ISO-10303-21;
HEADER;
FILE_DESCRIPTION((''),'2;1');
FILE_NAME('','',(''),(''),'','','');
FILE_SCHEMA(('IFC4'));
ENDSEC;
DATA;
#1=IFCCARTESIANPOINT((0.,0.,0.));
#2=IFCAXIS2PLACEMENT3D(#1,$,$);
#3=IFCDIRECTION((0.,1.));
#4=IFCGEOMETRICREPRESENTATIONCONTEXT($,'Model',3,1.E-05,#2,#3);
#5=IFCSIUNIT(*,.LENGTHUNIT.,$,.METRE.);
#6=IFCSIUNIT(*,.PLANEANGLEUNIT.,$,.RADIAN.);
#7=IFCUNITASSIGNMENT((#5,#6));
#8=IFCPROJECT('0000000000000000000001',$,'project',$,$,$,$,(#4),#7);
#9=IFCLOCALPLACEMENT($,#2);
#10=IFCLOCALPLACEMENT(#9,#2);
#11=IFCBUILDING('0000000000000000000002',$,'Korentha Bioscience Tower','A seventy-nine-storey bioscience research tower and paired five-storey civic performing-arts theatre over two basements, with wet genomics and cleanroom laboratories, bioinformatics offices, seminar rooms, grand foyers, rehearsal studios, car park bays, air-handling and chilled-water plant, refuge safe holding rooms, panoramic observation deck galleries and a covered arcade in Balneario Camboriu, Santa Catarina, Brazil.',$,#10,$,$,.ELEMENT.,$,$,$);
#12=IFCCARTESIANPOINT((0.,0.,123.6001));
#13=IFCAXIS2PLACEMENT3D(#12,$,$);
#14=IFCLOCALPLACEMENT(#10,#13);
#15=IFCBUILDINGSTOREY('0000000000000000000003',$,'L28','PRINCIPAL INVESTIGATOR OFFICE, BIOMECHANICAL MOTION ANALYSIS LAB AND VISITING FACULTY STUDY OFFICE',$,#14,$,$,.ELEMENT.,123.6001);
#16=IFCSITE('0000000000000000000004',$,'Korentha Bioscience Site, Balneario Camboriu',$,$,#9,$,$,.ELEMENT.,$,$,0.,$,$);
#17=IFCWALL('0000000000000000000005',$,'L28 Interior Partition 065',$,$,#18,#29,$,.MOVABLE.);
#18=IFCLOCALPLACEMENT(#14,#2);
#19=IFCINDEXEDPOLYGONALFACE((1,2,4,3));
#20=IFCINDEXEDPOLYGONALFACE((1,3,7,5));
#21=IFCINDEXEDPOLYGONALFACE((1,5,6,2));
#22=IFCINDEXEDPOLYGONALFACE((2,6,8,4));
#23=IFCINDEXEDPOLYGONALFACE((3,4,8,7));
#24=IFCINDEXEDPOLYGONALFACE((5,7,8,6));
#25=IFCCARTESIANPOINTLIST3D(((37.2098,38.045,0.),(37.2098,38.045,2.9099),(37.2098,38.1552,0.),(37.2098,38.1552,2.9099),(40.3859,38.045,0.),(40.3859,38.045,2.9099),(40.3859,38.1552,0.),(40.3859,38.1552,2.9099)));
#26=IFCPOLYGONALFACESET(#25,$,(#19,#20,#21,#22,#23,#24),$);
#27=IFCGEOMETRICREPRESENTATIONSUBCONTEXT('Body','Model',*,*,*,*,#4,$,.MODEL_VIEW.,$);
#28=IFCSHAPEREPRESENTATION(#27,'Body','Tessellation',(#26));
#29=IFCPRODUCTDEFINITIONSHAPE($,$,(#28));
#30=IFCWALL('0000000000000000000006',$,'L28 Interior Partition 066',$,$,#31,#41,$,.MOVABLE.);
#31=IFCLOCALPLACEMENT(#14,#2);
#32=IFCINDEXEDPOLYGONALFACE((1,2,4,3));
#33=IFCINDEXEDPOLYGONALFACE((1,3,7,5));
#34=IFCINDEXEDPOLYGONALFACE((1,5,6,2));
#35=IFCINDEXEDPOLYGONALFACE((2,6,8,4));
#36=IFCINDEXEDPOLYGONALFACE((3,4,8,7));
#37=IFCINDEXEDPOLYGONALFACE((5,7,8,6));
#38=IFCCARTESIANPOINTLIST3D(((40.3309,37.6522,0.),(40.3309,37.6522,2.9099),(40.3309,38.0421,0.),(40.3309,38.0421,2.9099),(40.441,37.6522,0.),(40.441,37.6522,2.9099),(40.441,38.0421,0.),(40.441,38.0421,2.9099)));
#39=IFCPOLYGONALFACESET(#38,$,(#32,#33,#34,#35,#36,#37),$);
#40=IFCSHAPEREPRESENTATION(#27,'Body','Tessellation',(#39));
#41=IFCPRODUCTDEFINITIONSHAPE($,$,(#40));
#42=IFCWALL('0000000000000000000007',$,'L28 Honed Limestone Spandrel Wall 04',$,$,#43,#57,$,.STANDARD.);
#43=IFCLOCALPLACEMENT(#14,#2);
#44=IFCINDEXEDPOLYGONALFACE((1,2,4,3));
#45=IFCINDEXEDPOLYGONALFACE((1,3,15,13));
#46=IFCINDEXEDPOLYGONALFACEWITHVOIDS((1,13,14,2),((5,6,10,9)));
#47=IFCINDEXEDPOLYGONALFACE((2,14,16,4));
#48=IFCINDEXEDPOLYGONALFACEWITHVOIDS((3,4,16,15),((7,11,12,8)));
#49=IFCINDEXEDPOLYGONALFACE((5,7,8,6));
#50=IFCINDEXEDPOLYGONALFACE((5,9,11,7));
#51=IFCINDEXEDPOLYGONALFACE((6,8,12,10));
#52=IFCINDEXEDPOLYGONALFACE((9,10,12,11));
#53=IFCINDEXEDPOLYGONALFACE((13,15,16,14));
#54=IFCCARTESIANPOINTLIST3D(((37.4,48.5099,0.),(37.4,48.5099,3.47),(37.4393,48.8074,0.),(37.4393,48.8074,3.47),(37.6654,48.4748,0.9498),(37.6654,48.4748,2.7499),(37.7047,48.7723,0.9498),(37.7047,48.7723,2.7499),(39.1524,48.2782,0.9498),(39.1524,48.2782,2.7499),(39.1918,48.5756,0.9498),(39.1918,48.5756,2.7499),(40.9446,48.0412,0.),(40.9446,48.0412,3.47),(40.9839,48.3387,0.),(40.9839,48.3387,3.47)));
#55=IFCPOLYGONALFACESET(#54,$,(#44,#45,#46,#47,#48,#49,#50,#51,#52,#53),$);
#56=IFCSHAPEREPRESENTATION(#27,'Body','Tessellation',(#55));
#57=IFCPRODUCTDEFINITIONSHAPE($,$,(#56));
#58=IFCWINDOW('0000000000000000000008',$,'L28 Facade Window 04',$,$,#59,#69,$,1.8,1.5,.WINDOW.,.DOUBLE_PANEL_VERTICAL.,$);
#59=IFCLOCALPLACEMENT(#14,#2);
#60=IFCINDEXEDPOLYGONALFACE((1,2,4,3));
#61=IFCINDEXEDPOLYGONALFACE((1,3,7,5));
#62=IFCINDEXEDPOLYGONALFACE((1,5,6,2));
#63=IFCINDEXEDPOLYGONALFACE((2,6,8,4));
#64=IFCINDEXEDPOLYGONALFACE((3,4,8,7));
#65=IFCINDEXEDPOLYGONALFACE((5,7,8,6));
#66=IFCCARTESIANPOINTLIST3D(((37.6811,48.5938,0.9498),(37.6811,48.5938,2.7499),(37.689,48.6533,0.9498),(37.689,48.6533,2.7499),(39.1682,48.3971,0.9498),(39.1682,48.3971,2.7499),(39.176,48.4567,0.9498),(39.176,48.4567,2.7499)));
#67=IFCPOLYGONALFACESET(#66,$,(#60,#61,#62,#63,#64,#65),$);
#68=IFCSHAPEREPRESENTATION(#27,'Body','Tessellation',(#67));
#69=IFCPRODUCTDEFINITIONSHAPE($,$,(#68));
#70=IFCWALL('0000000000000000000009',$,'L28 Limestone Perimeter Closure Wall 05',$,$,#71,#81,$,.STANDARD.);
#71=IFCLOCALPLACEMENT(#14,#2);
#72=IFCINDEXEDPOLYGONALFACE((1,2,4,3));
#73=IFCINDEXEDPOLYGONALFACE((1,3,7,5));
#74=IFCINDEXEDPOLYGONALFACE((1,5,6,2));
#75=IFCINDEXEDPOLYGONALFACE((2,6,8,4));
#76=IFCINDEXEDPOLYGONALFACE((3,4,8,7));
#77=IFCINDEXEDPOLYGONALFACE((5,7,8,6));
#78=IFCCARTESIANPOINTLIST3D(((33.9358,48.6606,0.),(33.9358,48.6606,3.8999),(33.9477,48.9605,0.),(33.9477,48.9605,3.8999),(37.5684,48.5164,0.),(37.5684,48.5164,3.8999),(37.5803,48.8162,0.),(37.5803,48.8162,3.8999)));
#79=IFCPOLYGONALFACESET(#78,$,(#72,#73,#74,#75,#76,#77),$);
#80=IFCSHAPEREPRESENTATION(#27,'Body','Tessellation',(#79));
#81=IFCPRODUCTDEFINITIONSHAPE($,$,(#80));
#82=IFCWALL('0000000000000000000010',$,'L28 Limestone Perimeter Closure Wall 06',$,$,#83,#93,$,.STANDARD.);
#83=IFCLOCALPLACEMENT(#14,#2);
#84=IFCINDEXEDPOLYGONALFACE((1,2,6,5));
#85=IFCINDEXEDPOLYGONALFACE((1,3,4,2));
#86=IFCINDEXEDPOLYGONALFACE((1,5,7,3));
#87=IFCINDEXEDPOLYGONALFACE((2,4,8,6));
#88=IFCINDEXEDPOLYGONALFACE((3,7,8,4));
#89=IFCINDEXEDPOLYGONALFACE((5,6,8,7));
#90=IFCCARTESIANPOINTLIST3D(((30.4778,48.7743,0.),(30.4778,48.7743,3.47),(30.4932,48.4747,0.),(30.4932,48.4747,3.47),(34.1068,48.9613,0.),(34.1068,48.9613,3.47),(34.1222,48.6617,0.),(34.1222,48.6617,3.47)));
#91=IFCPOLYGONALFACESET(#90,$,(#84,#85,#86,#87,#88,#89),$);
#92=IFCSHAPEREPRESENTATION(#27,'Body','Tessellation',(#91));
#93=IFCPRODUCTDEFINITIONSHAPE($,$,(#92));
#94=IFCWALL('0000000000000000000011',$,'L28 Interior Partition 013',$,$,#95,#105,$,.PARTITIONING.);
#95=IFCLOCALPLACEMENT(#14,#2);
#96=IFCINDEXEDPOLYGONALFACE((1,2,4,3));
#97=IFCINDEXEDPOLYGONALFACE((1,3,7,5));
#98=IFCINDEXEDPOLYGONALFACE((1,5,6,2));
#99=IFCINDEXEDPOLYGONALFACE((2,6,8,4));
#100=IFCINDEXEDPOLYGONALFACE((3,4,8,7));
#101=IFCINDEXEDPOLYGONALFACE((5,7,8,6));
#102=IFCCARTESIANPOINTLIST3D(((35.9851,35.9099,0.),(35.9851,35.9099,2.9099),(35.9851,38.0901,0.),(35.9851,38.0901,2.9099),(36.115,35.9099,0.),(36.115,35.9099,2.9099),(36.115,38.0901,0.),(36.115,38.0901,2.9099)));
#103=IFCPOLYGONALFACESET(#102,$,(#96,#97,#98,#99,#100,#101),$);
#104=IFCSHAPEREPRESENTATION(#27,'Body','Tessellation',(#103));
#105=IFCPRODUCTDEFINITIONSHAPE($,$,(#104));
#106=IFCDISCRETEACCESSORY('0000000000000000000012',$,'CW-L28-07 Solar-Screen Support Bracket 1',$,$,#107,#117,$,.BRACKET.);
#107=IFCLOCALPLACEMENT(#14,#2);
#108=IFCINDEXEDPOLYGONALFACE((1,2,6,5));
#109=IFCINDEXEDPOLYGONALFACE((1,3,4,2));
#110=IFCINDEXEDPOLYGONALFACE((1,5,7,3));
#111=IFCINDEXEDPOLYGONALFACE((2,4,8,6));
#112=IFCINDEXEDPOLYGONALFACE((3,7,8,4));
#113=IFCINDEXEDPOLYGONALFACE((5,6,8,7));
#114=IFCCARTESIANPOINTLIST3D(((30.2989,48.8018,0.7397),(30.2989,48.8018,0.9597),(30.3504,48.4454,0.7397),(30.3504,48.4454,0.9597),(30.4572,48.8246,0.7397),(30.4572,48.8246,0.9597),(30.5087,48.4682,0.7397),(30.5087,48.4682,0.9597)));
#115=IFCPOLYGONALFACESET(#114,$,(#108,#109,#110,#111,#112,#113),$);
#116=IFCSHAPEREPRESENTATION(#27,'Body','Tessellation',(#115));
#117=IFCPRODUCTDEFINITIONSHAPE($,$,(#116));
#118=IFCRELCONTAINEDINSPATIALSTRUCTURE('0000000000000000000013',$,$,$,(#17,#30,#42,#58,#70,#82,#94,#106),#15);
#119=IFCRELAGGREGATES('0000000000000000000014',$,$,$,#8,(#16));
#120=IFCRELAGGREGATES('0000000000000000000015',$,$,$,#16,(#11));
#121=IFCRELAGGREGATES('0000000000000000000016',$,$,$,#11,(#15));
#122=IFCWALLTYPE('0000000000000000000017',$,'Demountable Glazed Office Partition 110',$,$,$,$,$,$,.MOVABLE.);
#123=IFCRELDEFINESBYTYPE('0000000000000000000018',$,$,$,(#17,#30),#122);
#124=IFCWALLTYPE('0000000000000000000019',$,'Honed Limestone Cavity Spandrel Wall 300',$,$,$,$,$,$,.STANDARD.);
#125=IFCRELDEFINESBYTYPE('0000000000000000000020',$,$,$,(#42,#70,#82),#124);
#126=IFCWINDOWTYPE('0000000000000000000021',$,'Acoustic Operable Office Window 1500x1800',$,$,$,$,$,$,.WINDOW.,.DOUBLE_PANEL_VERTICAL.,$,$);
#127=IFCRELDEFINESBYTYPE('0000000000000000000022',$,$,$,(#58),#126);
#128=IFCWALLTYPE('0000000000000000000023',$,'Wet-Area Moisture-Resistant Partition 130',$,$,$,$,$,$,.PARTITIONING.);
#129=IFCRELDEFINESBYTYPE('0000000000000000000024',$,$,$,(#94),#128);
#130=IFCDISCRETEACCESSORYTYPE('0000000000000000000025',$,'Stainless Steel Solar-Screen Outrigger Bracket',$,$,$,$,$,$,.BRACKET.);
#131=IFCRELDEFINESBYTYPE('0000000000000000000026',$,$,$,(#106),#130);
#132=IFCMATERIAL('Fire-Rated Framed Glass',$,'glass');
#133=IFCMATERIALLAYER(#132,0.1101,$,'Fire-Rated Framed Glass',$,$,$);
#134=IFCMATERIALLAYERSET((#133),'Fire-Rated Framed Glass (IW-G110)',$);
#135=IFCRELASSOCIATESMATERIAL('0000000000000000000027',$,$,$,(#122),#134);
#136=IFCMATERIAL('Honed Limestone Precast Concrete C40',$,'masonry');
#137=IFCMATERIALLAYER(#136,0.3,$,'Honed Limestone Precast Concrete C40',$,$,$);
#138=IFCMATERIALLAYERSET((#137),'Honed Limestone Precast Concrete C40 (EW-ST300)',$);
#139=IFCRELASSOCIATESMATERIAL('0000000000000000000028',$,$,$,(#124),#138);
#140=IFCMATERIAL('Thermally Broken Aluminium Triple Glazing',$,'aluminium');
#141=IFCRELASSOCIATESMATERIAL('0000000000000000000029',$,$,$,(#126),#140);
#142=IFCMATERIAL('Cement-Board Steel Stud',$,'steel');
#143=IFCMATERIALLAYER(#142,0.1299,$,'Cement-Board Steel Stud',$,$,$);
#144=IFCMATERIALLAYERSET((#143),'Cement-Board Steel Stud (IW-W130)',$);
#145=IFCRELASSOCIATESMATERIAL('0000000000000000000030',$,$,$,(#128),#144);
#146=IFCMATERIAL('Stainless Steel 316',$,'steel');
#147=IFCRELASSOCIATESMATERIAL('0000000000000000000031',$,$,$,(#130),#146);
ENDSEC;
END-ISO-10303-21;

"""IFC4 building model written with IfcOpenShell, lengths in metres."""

from ifc_helpers import new_model, si_unit, direction, frame, frame_2d, origin, origin_2d, place, context, subcontext, project, spatial, rectangle, extrude, material, layer, layer_set, type_object, element, fill, save


model = new_model("IFC4")

# Units and contexts
model_context = context("Model", 3, precision=1e-05, world=origin(), true_north=direction((0.0, 1.0)))
body_context = subcontext(model_context, "Body", "Model", "MODEL_VIEW")
ifc_project = project(units=[si_unit("LENGTHUNIT", "METRE"), si_unit("PLANEANGLEUNIT", "RADIAN")], contexts=[model_context])

# Site, building, storey
site_placement = place(None, origin())
site = spatial("IfcSite", under=ifc_project, at=site_placement, Name="Korentha Bioscience Site, Balneario Camboriu", CompositionType="ELEMENT", RefElevation=0.0)
building_placement = place(site_placement, origin())
building = spatial("IfcBuilding", under=site, at=building_placement, Name="Korentha Bioscience Tower", Description="A seventy-nine-storey bioscience research tower and paired five-storey civic performing-arts theatre over two basements, with wet genomics and cleanroom laboratories, bioinformatics offices, seminar rooms, grand foyers, rehearsal studios, car park bays, air-handling and chilled-water plant, refuge safe holding rooms, panoramic observation deck galleries and a covered arcade in Balneario Camboriu, Santa Catarina, Brazil.", CompositionType="ELEMENT")
storey_placement = place(building_placement, frame((0.0, 0.0, 123.6001)))
storey = spatial("IfcBuildingStorey", under=building, at=storey_placement, Name="L28", Description="PRINCIPAL INVESTIGATOR OFFICE, BIOMECHANICAL MOTION ANALYSIS LAB AND VISITING FACULTY STUDY OFFICE", CompositionType="ELEMENT", Elevation=123.6001)

# Shared definitions
ifc_material_1 = material(Name="Fire-Rated Framed Glass", Category="glass")
ifc_layer_1 = layer(ifc_material_1, 0.1101, Name="Fire-Rated Framed Glass")
ifc_layer_set_1 = layer_set([ifc_layer_1], Name="Fire-Rated Framed Glass (IW-G110)")
wall_type_1 = type_object("IfcWallType", Name="Demountable Glazed Office Partition 110", PredefinedType="MOVABLE", material=ifc_layer_set_1)

# Walls
wall_1_placement = place(storey_placement, frame((37.21, 38.1001, 0.0), z_axis=(0.0, 0.0, 1.0), x_axis=(1.0, 0.0, 0.0)))
element("IfcWall", 1, at=wall_1_placement, inside=storey, type_object=wall_type_1, Name="L28 Interior Partition 065", PredefinedType="MOVABLE", context=body_context, shape_type="SweptSolid", body=[
    extrude(rectangle(XDim=3.176, YDim=0.1101, at=frame_2d((1.5879, 0.0))), origin(), (0.0, 0.0, 1.0), 2.9099),
])
wall_2_placement = place(storey_placement, frame((40.386, 38.042, 0.0), z_axis=(0.0, 0.0, 1.0), x_axis=(0.0, -1.0, 0.0)))
element("IfcWall", 2, at=wall_2_placement, inside=storey, type_object=wall_type_1, Name="L28 Interior Partition 066", PredefinedType="MOVABLE", context=body_context, shape_type="SweptSolid", body=[
    extrude(rectangle(XDim=0.3899, YDim=0.1101, at=frame_2d((0.1948, 0.0))), origin(), (0.0, 0.0, 1.0), 2.9099),
])

# Wall, opening, window
ifc_material_2 = material(Name="Honed Limestone Precast Concrete C40", Category="masonry")
ifc_layer_2 = layer(ifc_material_2, 0.3, Name="Honed Limestone Precast Concrete C40")
ifc_layer_set_2 = layer_set([ifc_layer_2], Name="Honed Limestone Precast Concrete C40 (EW-ST300)")
wall_type_2 = type_object("IfcWallType", Name="Honed Limestone Cavity Spandrel Wall 300", PredefinedType="STANDARD", material=ifc_layer_set_2)
wall_3_placement = place(storey_placement, frame((40.9641, 48.1899, 0.0), z_axis=(0.0, 0.0, 1.0), x_axis=(-0.991369, 0.131099, 0.0)))
wall_3 = element("IfcWall", 3, at=wall_3_placement, inside=storey, type_object=wall_type_2, Name="L28 Honed Limestone Spandrel Wall 04", PredefinedType="STANDARD", context=body_context, shape_type="SweptSolid", body=[
    extrude(rectangle(XDim=3.5754, YDim=0.3, at=frame_2d((1.7876, 0.0))), origin(), (0.0, 0.0, 1.0), 3.47),
])
opening_1_placement = place(wall_3_placement, frame((1.8076, 0.0, 0.95)))
opening_1 = element("IfcOpeningElement", 4, at=opening_1_placement, cuts=wall_3, PredefinedType="OPENING", context=body_context, shape_type="SweptSolid", body=[
    extrude(rectangle(XDim=1.5, YDim=1.8, at=frame_2d((0.75, 0.8999))), frame((0.0, 0.165, 0.0), z_axis=(0.0, -1.0, 0.0), x_axis=(1.0, 0.0, 0.0)), (0.0, 0.0, 1.0), 0.3298),
])
ifc_material_3 = material(Name="Thermally Broken Aluminium Triple Glazing", Category="aluminium")
window_type = type_object("IfcWindowType", Name="Acoustic Operable Office Window 1500x1800", PartitioningType="DOUBLE_PANEL_VERTICAL", PredefinedType="WINDOW", material=ifc_material_3)
window_placement = place(opening_1_placement, origin())
window = element("IfcWindow", 5, at=window_placement, inside=storey, type_object=window_type, Name="L28 Facade Window 04", OverallHeight=1.8, OverallWidth=1.5, PartitioningType="DOUBLE_PANEL_VERTICAL", PredefinedType="WINDOW", context=body_context, shape_type="SweptSolid", body=[
    extrude(rectangle(XDim=1.5, YDim=1.8, at=frame_2d((0.75, 0.8999))), frame((0.0, 0.03, 0.0), z_axis=(0.0, -1.0, 0.0), x_axis=(1.0, 0.0, 0.0)), (0.0, 0.0, 1.0), 0.0601),
])
fill(opening_1, window)

# Walls
wall_4_placement = place(storey_placement, frame((37.5745, 48.6663, 0.0), z_axis=(0.0, 0.0, 1.0), x_axis=(-0.999212, 0.039689, 0.0)))
element("IfcWall", 6, at=wall_4_placement, inside=storey, type_object=wall_type_2, Name="L28 Limestone Perimeter Closure Wall 05", PredefinedType="STANDARD", context=body_context, shape_type="SweptSolid", body=[
    extrude(rectangle(XDim=3.6355, YDim=0.3, at=frame_2d((1.8179, 0.0))), origin(), (0.0, 0.0, 1.0), 3.8999),
])
wall_5_placement = place(storey_placement, frame((34.1145, 48.8115, 0.0), z_axis=(0.0, 0.0, 1.0), x_axis=(-0.998675, -0.051466, 0.0)))
element("IfcWall", 7, at=wall_5_placement, inside=storey, type_object=wall_type_2, Name="L28 Limestone Perimeter Closure Wall 06", PredefinedType="STANDARD", context=body_context, shape_type="SweptSolid", body=[
    extrude(rectangle(XDim=3.6338, YDim=0.3, at=frame_2d((1.8169, 0.0))), origin(), (0.0, 0.0, 1.0), 3.47),
])

# Shared definitions
ifc_material_4 = material(Name="Cement-Board Steel Stud", Category="steel")
ifc_layer_3 = layer(ifc_material_4, 0.1299, Name="Cement-Board Steel Stud")
ifc_layer_set_3 = layer_set([ifc_layer_3], Name="Cement-Board Steel Stud (IW-W130)")
wall_type_3 = type_object("IfcWallType", Name="Wet-Area Moisture-Resistant Partition 130", PredefinedType="PARTITIONING", material=ifc_layer_set_3)

# Wall
wall_6_placement = place(storey_placement, frame((36.05, 38.0901, 0.0), z_axis=(0.0, 0.0, 1.0), x_axis=(0.0, -1.0, 0.0)))
element("IfcWall", 8, at=wall_6_placement, inside=storey, type_object=wall_type_3, Name="L28 Interior Partition 013", PredefinedType="PARTITIONING", context=body_context, shape_type="SweptSolid", body=[
    extrude(rectangle(XDim=2.1802, YDim=0.1299, at=frame_2d((1.0901, 0.0))), origin(), (0.0, 0.0, 1.0), 2.9099),
])

# Discrete accessory
ifc_material_5 = material(Name="Stainless Steel 316", Category="steel")
discrete_accessory_type = type_object("IfcDiscreteAccessoryType", Name="Stainless Steel Solar-Screen Outrigger Bracket", PredefinedType="BRACKET", material=ifc_material_5)
discrete_accessory_placement = place(storey_placement, frame((30.4038, 48.635, 0.7397), z_axis=(0.0, 0.0, 1.0), x_axis=(-0.989738, -0.142892, 0.0)))
element("IfcDiscreteAccessory", 9, at=discrete_accessory_placement, inside=storey, type_object=discrete_accessory_type, Name="CW-L28-07 Solar-Screen Support Bracket 1", PredefinedType="BRACKET", context=body_context, shape_type="SweptSolid", body=[
    extrude(rectangle(XDim=0.1599, YDim=0.3601, at=origin_2d()), origin(), (0.0, 0.0, 1.0), 0.22),
])

save(model, "model.ifc")
